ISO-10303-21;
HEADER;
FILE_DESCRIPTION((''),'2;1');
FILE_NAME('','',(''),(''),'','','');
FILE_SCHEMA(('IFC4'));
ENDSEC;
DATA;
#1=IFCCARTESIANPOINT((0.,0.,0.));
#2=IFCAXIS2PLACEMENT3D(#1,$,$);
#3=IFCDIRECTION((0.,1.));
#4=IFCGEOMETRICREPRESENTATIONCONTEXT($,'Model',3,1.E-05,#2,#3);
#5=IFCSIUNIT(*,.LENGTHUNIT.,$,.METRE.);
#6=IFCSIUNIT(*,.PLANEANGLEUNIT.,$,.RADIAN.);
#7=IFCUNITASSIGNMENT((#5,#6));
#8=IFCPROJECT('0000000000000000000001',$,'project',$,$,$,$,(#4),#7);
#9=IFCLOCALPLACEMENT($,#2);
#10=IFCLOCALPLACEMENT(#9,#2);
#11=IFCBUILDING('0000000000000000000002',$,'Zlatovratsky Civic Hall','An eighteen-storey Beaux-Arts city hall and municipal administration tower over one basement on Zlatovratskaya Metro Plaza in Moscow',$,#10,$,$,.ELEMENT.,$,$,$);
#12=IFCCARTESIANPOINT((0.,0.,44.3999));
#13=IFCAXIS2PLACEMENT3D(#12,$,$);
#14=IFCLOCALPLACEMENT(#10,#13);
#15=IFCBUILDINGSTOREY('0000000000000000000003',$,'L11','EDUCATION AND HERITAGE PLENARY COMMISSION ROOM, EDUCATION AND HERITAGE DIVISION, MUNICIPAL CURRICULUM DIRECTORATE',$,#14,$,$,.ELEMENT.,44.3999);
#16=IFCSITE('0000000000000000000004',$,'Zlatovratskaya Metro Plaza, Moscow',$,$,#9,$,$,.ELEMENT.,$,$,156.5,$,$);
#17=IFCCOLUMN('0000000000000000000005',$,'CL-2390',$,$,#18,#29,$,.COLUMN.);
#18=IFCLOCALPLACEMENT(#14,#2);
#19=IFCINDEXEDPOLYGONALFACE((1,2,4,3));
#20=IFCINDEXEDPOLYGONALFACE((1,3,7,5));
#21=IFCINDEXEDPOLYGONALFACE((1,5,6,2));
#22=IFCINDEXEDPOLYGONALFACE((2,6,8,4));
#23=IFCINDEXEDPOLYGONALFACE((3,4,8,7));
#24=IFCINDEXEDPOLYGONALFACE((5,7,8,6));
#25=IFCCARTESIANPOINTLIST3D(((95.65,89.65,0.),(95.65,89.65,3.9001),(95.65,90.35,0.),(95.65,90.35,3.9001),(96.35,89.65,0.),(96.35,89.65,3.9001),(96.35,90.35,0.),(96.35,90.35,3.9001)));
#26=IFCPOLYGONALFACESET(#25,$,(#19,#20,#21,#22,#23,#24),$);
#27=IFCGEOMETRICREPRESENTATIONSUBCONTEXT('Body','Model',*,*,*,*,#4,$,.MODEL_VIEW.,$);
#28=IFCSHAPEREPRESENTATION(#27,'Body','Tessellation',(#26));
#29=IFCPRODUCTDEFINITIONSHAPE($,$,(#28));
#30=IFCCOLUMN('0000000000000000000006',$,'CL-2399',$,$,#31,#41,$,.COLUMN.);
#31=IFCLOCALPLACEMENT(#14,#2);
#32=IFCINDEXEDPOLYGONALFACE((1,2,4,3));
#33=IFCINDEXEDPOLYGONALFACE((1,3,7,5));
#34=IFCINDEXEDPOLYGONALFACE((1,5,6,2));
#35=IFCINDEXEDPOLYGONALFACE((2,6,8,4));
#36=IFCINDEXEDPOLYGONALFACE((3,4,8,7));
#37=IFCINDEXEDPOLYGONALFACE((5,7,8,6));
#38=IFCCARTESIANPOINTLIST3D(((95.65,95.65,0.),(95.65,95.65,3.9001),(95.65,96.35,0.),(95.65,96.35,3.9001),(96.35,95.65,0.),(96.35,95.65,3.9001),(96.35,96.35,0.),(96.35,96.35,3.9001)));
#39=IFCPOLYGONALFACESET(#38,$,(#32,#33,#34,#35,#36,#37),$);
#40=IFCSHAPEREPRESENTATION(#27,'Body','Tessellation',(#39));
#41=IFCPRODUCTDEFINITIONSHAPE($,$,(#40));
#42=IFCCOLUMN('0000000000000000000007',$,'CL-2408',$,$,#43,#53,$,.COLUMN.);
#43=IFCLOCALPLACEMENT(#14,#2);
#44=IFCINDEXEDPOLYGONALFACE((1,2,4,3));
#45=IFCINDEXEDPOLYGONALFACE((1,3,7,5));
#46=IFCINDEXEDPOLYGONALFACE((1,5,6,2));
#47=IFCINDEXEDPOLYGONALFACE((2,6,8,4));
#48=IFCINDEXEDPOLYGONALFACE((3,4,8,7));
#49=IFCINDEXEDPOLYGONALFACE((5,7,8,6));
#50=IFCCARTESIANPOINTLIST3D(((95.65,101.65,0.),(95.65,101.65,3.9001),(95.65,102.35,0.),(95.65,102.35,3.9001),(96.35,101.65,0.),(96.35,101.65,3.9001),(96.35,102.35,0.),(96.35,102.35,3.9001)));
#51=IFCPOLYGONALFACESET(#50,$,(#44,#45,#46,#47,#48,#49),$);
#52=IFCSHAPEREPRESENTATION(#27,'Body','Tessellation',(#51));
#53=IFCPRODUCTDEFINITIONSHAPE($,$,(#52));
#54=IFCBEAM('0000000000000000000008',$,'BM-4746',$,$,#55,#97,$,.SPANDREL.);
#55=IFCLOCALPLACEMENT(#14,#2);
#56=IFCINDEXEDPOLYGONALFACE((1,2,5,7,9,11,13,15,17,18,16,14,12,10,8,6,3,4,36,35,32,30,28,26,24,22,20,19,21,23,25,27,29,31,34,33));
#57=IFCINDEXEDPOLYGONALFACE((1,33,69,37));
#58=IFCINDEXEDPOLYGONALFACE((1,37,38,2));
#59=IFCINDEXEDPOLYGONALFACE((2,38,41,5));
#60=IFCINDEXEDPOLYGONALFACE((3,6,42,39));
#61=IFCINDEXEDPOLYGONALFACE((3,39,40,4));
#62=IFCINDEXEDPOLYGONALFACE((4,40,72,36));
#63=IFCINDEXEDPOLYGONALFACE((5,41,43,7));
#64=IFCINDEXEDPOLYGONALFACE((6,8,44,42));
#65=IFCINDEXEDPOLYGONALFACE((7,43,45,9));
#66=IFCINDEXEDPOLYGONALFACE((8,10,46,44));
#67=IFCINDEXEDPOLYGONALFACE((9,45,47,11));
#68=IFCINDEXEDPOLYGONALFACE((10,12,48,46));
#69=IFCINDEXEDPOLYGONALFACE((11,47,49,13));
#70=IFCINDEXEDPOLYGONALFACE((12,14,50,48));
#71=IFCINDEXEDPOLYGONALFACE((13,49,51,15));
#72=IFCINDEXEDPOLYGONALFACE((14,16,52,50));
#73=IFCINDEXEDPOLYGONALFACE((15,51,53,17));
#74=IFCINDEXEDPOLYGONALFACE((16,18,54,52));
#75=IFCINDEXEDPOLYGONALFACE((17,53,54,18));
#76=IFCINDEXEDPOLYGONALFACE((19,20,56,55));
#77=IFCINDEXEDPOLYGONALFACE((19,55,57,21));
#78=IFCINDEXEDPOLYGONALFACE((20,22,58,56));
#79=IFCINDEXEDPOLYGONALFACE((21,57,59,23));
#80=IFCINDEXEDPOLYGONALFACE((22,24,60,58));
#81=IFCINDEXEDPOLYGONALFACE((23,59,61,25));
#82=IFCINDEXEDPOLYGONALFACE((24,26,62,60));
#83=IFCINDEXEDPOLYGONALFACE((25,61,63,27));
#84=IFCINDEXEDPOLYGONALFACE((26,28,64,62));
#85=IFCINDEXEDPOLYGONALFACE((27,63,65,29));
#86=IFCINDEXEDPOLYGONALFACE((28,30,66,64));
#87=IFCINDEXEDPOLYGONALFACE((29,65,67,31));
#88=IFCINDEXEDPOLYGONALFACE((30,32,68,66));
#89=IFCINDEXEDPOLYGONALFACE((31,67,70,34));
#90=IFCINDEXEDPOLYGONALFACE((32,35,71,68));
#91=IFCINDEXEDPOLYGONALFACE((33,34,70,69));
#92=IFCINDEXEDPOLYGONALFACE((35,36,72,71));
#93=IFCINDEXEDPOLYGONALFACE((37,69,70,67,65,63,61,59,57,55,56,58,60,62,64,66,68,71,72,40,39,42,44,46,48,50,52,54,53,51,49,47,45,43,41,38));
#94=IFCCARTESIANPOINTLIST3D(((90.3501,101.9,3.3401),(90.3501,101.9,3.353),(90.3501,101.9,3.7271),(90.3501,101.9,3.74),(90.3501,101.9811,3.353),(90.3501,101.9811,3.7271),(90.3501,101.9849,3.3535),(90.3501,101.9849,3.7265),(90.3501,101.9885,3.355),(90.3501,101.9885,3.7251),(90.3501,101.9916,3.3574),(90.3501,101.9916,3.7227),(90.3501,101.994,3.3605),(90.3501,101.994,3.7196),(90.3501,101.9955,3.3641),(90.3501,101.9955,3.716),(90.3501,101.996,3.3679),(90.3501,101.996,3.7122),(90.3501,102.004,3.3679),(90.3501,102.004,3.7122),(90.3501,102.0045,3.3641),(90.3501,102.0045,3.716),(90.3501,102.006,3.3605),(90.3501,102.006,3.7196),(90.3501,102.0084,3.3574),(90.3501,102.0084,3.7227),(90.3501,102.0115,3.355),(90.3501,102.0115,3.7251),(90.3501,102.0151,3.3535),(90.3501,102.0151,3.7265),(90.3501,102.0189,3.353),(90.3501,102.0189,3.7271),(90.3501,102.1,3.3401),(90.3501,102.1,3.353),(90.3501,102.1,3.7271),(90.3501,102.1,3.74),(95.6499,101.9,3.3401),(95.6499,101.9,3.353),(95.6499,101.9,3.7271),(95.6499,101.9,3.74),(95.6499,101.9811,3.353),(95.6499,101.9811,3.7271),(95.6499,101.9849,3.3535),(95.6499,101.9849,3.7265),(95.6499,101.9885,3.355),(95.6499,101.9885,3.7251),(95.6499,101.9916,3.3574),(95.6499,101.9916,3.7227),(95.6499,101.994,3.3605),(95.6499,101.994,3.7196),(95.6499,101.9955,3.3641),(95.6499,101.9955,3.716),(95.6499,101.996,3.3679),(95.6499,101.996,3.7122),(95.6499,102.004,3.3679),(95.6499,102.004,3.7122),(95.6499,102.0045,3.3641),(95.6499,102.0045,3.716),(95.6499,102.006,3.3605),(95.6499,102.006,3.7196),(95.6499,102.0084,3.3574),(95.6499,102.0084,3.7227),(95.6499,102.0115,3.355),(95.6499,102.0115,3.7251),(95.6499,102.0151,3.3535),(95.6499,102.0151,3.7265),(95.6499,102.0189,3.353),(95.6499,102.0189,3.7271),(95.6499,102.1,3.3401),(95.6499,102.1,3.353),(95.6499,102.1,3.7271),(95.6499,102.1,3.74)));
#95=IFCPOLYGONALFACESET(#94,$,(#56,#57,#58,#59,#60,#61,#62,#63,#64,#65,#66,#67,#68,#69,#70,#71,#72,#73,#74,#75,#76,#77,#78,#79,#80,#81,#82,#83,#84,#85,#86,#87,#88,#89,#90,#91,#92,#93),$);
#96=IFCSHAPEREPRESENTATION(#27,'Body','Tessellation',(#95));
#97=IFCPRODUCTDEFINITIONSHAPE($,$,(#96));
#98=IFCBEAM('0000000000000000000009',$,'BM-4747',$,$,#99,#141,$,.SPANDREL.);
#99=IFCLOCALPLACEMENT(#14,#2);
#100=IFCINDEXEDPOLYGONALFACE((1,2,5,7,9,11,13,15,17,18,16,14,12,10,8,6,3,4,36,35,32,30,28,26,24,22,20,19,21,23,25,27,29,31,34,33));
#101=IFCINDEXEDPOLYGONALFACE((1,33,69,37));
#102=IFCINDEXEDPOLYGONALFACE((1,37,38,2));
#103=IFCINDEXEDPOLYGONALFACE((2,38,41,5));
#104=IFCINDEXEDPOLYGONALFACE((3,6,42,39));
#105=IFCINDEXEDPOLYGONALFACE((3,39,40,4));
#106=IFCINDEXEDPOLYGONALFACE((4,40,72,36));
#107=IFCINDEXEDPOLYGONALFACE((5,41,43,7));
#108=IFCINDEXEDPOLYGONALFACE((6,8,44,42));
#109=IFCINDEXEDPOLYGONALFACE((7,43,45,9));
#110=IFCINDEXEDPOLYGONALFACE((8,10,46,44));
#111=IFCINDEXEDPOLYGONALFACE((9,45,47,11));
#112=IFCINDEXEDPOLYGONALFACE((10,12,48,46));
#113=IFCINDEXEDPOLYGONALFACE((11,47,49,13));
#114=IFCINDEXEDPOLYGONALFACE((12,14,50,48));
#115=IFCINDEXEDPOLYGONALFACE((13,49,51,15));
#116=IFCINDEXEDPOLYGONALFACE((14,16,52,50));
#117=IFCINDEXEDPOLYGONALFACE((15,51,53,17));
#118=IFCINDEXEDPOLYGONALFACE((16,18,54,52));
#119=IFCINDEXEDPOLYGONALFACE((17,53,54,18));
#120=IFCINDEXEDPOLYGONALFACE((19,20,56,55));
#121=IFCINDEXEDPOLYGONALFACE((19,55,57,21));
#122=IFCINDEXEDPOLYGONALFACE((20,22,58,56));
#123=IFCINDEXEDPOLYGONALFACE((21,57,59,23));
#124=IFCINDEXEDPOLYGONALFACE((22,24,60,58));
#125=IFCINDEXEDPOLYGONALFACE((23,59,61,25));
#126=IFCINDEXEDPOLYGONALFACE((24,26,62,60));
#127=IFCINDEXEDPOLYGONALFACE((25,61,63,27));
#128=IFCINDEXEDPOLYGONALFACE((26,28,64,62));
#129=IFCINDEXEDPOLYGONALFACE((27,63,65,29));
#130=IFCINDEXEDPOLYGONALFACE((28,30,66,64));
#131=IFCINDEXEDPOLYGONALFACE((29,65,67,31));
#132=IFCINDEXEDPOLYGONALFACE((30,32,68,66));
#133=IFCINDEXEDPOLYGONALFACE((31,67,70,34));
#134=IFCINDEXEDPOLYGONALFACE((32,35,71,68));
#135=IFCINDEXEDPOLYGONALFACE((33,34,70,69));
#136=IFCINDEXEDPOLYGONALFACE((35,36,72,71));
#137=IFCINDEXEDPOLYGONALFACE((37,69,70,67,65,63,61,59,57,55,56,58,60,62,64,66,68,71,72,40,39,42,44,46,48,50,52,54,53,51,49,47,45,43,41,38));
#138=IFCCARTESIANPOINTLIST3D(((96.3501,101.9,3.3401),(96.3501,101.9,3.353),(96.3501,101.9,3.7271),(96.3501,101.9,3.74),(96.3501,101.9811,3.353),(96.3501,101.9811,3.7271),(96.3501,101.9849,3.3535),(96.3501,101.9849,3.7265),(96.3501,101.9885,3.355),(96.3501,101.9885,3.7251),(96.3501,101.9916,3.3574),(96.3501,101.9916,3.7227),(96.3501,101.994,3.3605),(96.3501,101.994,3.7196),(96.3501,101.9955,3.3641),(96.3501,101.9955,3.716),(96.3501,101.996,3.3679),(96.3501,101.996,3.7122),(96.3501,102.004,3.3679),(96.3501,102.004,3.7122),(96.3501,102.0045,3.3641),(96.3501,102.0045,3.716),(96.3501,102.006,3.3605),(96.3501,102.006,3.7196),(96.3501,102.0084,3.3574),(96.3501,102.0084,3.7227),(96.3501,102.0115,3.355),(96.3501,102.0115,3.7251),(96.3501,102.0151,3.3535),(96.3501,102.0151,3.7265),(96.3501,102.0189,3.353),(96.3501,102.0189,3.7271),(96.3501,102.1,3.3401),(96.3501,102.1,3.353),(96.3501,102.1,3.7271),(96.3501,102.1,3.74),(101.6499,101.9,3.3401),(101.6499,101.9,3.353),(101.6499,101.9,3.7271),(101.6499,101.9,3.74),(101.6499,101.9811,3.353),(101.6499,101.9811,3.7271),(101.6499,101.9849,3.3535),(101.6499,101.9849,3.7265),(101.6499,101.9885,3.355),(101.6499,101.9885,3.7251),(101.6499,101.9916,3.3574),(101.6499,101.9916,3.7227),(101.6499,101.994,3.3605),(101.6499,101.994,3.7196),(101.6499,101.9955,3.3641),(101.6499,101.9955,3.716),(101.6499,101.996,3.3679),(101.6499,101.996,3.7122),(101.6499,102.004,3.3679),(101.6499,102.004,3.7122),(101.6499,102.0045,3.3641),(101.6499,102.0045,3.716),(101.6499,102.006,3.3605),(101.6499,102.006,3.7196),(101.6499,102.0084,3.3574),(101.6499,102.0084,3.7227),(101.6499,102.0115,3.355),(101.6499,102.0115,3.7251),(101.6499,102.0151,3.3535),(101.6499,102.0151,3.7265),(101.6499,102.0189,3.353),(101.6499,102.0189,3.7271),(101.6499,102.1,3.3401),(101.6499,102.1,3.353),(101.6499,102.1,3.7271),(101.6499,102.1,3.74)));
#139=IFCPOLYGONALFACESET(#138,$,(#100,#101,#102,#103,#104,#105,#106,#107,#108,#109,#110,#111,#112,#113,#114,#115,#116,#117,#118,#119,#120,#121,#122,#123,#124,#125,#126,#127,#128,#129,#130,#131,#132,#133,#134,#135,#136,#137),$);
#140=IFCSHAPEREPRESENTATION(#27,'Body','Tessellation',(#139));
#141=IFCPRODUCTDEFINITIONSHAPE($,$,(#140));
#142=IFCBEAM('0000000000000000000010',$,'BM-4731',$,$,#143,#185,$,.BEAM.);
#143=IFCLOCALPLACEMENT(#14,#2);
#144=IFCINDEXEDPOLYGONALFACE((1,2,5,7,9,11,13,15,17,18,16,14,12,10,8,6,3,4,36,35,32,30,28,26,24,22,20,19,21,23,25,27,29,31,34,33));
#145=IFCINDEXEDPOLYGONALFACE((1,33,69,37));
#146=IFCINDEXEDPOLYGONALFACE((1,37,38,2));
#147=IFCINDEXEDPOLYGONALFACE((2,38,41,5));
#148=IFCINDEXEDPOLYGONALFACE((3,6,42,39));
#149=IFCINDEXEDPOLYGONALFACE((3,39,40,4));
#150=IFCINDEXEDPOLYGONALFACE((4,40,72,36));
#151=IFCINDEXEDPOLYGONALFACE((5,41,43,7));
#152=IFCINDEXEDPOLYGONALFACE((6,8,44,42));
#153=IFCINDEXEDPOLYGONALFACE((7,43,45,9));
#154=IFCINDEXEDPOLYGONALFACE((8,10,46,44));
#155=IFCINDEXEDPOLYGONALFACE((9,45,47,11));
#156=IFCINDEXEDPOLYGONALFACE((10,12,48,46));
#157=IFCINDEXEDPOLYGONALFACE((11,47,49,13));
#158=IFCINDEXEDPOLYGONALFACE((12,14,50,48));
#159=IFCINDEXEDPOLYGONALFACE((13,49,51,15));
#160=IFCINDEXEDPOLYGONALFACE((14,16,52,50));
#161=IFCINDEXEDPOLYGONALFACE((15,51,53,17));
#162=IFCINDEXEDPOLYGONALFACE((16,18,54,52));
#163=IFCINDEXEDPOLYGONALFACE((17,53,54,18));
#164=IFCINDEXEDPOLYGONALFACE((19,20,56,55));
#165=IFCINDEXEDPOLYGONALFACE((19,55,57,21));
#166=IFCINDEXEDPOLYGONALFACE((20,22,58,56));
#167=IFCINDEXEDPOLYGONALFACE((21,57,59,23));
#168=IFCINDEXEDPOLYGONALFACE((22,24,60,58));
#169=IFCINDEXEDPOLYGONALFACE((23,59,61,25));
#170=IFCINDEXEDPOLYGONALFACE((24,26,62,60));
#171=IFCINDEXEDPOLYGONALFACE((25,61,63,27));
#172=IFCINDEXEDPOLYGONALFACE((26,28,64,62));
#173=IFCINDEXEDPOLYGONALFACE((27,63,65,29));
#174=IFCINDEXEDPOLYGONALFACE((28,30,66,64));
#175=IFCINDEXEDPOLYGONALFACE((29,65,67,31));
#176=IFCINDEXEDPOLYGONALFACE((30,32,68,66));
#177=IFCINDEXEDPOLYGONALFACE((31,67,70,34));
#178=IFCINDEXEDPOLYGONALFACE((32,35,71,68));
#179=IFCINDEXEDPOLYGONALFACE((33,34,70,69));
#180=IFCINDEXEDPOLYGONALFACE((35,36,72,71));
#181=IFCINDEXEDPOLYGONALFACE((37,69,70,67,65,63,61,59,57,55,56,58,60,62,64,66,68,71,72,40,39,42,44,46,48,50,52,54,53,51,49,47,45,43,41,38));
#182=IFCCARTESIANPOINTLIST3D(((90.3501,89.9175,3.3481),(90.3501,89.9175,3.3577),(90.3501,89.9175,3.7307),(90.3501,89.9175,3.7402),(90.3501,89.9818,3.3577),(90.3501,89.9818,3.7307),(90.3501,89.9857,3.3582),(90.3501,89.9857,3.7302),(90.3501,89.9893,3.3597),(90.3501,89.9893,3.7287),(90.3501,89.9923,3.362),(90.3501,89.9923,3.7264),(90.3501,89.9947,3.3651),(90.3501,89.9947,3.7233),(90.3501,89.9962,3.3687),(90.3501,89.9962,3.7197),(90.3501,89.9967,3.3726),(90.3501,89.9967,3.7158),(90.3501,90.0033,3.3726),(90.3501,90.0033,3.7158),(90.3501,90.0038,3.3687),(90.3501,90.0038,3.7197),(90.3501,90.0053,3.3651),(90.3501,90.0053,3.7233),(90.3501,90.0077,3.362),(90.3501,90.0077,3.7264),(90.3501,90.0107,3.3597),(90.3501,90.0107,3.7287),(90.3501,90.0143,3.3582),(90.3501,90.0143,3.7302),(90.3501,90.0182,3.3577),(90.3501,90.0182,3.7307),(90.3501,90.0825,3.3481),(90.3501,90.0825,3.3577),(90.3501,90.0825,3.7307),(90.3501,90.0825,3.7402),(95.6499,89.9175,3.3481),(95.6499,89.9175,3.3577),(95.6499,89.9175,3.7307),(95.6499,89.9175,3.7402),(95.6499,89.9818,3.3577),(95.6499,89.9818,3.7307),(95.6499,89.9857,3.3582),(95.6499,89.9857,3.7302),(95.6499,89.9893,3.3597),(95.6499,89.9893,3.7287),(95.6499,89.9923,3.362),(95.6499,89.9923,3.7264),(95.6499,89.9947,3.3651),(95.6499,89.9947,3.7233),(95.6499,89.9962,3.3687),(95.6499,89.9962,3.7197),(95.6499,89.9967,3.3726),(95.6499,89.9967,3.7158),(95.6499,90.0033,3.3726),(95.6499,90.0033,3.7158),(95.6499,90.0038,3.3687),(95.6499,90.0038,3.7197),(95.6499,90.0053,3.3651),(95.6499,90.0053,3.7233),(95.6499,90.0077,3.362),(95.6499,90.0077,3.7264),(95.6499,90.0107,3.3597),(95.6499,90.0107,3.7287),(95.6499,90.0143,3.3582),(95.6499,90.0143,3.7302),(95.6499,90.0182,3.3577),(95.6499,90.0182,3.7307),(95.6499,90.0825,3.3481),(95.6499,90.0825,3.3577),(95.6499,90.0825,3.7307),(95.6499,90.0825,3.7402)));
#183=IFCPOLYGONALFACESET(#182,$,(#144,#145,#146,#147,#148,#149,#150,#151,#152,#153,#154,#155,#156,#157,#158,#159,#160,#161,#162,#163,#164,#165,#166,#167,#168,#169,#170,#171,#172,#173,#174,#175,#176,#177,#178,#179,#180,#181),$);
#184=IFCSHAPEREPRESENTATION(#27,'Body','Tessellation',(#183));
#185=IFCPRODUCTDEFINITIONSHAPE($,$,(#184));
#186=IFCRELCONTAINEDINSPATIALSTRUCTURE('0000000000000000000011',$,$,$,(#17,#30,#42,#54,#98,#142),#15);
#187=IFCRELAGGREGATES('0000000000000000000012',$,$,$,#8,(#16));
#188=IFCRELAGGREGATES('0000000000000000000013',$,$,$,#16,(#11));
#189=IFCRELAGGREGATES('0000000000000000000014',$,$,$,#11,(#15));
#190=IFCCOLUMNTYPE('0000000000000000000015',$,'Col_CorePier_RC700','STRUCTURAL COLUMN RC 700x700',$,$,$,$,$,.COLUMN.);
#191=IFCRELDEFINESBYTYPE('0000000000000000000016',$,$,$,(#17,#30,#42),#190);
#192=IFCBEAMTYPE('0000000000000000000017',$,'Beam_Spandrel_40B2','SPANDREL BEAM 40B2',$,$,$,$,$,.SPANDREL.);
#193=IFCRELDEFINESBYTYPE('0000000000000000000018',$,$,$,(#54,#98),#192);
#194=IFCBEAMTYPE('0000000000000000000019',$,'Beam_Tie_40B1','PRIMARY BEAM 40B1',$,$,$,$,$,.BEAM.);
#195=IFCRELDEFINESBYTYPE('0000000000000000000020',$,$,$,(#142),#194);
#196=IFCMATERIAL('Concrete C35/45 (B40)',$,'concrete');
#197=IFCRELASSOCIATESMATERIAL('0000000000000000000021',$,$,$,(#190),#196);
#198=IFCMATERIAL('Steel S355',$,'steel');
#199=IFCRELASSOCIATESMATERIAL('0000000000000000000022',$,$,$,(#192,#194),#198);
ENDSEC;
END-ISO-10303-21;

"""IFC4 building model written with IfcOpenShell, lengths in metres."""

from ifc_helpers import new_model, si_unit, direction, frame, origin, origin_2d, place, context, subcontext, project, spatial, rectangle, i_section, extrude, material, material_profile, profile_set, type_object, element, save


model = new_model("IFC4")

# Units and contexts
model_context = context("Model", 3, precision=1e-05, world=origin(), true_north=direction((0.0, 1.0)))
body_context = subcontext(model_context, "Body", "Model", "MODEL_VIEW")
ifc_project = project(units=[si_unit("LENGTHUNIT", "METRE"), si_unit("PLANEANGLEUNIT", "RADIAN")], contexts=[model_context])

# Site, building, storey
site_placement = place(None, origin())
site = spatial("IfcSite", under=ifc_project, at=site_placement, Name="Zlatovratskaya Metro Plaza, Moscow", CompositionType="ELEMENT", RefElevation=156.5)
building_placement = place(site_placement, origin())
building = spatial("IfcBuilding", under=site, at=building_placement, Name="Zlatovratsky Civic Hall", Description="An eighteen-storey Beaux-Arts city hall and municipal administration tower over one basement on Zlatovratskaya Metro Plaza in Moscow", CompositionType="ELEMENT")
storey_placement = place(building_placement, frame((0.0, 0.0, 44.3999)))
storey = spatial("IfcBuildingStorey", under=building, at=storey_placement, Name="L11", Description="EDUCATION AND HERITAGE PLENARY COMMISSION ROOM, EDUCATION AND HERITAGE DIVISION, MUNICIPAL CURRICULUM DIRECTORATE", CompositionType="ELEMENT", Elevation=44.3999)

# Columns
ifc_material_1 = material(Name="Concrete C35/45 (B40)", Category="concrete")
ifc_material_profile_1 = material_profile(ifc_material_1, rectangle(XDim=0.7, YDim=0.7, at=origin_2d()), Name="RC 700x700")
ifc_profile_set_1 = profile_set([ifc_material_profile_1], Name="Concrete C35/45 (B40)")
column_type = type_object("IfcColumnType", Name="Col_CorePier_RC700", Description="STRUCTURAL COLUMN RC 700x700", PredefinedType="COLUMN", material=ifc_profile_set_1)
for number, where, z_axis, x_axis, name in (
    (1, (96.0, 90.0, 0.0), (0.0, 0.0, 1.0), (1.0, 0.0, 0.0), "CL-2390"),
    (2, (96.0, 96.0, 0.0), (0.0, 0.0, 1.0), (1.0, 0.0, 0.0), "CL-2399"),
    (3, (96.0, 102.0, 0.0), (0.0, 0.0, 1.0), (1.0, 0.0, 0.0), "CL-2408"),
):
    element("IfcColumn", number, at=place(storey_placement, frame(where, z_axis=z_axis, x_axis=x_axis)), inside=storey, type_object=column_type, Name=name, PredefinedType="COLUMN", context=body_context, shape_type="SweptSolid", body=[
        extrude(rectangle(XDim=0.7, YDim=0.7, at=origin_2d()), origin(), (0.0, 0.0, 1.0), 3.9001),
    ])

# Beams
ifc_material_2 = material(Name="Steel S355", Category="steel")
ifc_material_profile_2 = material_profile(ifc_material_2, i_section(OverallWidth=0.2, OverallDepth=0.3999, WebThickness=0.0081, FlangeThickness=0.0129, FilletRadius=0.0149, at=origin_2d()), Name="40B2")
ifc_profile_set_2 = profile_set([ifc_material_profile_2], Name="Steel S355")
beam_type_1 = type_object("IfcBeamType", Name="Beam_Spandrel_40B2", Description="SPANDREL BEAM 40B2", PredefinedType="SPANDREL", material=ifc_profile_set_2)
for number, where, z_axis, x_axis, name in (
    (4, (90.3501, 102.0, 3.54), (1.0, 0.0, 0.0), (0.0, 1.0, 0.0), "BM-4746"),
    (5, (96.3501, 102.0, 3.54), (1.0, 0.0, 0.0), (0.0, 1.0, 0.0), "BM-4747"),
):
    element("IfcBeam", number, at=place(storey_placement, frame(where, z_axis=z_axis, x_axis=x_axis)), inside=storey, type_object=beam_type_1, Name=name, PredefinedType="SPANDREL", context=body_context, shape_type="SweptSolid", body=[
        extrude(i_section(OverallWidth=0.2, OverallDepth=0.3999, WebThickness=0.0081, FlangeThickness=0.0129, FilletRadius=0.0149, at=origin_2d()), origin(), (0.0, 0.0, 1.0), 5.2998),
    ])
ifc_material_profile_3 = material_profile(ifc_material_2, i_section(OverallWidth=0.165, OverallDepth=0.3921, WebThickness=0.0066, FlangeThickness=0.0095, FilletRadius=0.0149, at=origin_2d()), Name="40B1")
ifc_profile_set_3 = profile_set([ifc_material_profile_3], Name="Steel S355")
beam_type_2 = type_object("IfcBeamType", Name="Beam_Tie_40B1", Description="PRIMARY BEAM 40B1", PredefinedType="BEAM", material=ifc_profile_set_3)
beam_1_placement = place(storey_placement, frame((90.3501, 90.0, 3.5442), z_axis=(1.0, 0.0, 0.0), x_axis=(0.0, 1.0, 0.0)))
element("IfcBeam", 6, at=beam_1_placement, inside=storey, type_object=beam_type_2, Name="BM-4731", PredefinedType="BEAM", context=body_context, shape_type="SweptSolid", body=[
    extrude(i_section(OverallWidth=0.165, OverallDepth=0.3921, WebThickness=0.0066, FlangeThickness=0.0095, FilletRadius=0.0149, at=origin_2d()), origin(), (0.0, 0.0, 1.0), 5.2998),
])

save(model, "model.ifc")
